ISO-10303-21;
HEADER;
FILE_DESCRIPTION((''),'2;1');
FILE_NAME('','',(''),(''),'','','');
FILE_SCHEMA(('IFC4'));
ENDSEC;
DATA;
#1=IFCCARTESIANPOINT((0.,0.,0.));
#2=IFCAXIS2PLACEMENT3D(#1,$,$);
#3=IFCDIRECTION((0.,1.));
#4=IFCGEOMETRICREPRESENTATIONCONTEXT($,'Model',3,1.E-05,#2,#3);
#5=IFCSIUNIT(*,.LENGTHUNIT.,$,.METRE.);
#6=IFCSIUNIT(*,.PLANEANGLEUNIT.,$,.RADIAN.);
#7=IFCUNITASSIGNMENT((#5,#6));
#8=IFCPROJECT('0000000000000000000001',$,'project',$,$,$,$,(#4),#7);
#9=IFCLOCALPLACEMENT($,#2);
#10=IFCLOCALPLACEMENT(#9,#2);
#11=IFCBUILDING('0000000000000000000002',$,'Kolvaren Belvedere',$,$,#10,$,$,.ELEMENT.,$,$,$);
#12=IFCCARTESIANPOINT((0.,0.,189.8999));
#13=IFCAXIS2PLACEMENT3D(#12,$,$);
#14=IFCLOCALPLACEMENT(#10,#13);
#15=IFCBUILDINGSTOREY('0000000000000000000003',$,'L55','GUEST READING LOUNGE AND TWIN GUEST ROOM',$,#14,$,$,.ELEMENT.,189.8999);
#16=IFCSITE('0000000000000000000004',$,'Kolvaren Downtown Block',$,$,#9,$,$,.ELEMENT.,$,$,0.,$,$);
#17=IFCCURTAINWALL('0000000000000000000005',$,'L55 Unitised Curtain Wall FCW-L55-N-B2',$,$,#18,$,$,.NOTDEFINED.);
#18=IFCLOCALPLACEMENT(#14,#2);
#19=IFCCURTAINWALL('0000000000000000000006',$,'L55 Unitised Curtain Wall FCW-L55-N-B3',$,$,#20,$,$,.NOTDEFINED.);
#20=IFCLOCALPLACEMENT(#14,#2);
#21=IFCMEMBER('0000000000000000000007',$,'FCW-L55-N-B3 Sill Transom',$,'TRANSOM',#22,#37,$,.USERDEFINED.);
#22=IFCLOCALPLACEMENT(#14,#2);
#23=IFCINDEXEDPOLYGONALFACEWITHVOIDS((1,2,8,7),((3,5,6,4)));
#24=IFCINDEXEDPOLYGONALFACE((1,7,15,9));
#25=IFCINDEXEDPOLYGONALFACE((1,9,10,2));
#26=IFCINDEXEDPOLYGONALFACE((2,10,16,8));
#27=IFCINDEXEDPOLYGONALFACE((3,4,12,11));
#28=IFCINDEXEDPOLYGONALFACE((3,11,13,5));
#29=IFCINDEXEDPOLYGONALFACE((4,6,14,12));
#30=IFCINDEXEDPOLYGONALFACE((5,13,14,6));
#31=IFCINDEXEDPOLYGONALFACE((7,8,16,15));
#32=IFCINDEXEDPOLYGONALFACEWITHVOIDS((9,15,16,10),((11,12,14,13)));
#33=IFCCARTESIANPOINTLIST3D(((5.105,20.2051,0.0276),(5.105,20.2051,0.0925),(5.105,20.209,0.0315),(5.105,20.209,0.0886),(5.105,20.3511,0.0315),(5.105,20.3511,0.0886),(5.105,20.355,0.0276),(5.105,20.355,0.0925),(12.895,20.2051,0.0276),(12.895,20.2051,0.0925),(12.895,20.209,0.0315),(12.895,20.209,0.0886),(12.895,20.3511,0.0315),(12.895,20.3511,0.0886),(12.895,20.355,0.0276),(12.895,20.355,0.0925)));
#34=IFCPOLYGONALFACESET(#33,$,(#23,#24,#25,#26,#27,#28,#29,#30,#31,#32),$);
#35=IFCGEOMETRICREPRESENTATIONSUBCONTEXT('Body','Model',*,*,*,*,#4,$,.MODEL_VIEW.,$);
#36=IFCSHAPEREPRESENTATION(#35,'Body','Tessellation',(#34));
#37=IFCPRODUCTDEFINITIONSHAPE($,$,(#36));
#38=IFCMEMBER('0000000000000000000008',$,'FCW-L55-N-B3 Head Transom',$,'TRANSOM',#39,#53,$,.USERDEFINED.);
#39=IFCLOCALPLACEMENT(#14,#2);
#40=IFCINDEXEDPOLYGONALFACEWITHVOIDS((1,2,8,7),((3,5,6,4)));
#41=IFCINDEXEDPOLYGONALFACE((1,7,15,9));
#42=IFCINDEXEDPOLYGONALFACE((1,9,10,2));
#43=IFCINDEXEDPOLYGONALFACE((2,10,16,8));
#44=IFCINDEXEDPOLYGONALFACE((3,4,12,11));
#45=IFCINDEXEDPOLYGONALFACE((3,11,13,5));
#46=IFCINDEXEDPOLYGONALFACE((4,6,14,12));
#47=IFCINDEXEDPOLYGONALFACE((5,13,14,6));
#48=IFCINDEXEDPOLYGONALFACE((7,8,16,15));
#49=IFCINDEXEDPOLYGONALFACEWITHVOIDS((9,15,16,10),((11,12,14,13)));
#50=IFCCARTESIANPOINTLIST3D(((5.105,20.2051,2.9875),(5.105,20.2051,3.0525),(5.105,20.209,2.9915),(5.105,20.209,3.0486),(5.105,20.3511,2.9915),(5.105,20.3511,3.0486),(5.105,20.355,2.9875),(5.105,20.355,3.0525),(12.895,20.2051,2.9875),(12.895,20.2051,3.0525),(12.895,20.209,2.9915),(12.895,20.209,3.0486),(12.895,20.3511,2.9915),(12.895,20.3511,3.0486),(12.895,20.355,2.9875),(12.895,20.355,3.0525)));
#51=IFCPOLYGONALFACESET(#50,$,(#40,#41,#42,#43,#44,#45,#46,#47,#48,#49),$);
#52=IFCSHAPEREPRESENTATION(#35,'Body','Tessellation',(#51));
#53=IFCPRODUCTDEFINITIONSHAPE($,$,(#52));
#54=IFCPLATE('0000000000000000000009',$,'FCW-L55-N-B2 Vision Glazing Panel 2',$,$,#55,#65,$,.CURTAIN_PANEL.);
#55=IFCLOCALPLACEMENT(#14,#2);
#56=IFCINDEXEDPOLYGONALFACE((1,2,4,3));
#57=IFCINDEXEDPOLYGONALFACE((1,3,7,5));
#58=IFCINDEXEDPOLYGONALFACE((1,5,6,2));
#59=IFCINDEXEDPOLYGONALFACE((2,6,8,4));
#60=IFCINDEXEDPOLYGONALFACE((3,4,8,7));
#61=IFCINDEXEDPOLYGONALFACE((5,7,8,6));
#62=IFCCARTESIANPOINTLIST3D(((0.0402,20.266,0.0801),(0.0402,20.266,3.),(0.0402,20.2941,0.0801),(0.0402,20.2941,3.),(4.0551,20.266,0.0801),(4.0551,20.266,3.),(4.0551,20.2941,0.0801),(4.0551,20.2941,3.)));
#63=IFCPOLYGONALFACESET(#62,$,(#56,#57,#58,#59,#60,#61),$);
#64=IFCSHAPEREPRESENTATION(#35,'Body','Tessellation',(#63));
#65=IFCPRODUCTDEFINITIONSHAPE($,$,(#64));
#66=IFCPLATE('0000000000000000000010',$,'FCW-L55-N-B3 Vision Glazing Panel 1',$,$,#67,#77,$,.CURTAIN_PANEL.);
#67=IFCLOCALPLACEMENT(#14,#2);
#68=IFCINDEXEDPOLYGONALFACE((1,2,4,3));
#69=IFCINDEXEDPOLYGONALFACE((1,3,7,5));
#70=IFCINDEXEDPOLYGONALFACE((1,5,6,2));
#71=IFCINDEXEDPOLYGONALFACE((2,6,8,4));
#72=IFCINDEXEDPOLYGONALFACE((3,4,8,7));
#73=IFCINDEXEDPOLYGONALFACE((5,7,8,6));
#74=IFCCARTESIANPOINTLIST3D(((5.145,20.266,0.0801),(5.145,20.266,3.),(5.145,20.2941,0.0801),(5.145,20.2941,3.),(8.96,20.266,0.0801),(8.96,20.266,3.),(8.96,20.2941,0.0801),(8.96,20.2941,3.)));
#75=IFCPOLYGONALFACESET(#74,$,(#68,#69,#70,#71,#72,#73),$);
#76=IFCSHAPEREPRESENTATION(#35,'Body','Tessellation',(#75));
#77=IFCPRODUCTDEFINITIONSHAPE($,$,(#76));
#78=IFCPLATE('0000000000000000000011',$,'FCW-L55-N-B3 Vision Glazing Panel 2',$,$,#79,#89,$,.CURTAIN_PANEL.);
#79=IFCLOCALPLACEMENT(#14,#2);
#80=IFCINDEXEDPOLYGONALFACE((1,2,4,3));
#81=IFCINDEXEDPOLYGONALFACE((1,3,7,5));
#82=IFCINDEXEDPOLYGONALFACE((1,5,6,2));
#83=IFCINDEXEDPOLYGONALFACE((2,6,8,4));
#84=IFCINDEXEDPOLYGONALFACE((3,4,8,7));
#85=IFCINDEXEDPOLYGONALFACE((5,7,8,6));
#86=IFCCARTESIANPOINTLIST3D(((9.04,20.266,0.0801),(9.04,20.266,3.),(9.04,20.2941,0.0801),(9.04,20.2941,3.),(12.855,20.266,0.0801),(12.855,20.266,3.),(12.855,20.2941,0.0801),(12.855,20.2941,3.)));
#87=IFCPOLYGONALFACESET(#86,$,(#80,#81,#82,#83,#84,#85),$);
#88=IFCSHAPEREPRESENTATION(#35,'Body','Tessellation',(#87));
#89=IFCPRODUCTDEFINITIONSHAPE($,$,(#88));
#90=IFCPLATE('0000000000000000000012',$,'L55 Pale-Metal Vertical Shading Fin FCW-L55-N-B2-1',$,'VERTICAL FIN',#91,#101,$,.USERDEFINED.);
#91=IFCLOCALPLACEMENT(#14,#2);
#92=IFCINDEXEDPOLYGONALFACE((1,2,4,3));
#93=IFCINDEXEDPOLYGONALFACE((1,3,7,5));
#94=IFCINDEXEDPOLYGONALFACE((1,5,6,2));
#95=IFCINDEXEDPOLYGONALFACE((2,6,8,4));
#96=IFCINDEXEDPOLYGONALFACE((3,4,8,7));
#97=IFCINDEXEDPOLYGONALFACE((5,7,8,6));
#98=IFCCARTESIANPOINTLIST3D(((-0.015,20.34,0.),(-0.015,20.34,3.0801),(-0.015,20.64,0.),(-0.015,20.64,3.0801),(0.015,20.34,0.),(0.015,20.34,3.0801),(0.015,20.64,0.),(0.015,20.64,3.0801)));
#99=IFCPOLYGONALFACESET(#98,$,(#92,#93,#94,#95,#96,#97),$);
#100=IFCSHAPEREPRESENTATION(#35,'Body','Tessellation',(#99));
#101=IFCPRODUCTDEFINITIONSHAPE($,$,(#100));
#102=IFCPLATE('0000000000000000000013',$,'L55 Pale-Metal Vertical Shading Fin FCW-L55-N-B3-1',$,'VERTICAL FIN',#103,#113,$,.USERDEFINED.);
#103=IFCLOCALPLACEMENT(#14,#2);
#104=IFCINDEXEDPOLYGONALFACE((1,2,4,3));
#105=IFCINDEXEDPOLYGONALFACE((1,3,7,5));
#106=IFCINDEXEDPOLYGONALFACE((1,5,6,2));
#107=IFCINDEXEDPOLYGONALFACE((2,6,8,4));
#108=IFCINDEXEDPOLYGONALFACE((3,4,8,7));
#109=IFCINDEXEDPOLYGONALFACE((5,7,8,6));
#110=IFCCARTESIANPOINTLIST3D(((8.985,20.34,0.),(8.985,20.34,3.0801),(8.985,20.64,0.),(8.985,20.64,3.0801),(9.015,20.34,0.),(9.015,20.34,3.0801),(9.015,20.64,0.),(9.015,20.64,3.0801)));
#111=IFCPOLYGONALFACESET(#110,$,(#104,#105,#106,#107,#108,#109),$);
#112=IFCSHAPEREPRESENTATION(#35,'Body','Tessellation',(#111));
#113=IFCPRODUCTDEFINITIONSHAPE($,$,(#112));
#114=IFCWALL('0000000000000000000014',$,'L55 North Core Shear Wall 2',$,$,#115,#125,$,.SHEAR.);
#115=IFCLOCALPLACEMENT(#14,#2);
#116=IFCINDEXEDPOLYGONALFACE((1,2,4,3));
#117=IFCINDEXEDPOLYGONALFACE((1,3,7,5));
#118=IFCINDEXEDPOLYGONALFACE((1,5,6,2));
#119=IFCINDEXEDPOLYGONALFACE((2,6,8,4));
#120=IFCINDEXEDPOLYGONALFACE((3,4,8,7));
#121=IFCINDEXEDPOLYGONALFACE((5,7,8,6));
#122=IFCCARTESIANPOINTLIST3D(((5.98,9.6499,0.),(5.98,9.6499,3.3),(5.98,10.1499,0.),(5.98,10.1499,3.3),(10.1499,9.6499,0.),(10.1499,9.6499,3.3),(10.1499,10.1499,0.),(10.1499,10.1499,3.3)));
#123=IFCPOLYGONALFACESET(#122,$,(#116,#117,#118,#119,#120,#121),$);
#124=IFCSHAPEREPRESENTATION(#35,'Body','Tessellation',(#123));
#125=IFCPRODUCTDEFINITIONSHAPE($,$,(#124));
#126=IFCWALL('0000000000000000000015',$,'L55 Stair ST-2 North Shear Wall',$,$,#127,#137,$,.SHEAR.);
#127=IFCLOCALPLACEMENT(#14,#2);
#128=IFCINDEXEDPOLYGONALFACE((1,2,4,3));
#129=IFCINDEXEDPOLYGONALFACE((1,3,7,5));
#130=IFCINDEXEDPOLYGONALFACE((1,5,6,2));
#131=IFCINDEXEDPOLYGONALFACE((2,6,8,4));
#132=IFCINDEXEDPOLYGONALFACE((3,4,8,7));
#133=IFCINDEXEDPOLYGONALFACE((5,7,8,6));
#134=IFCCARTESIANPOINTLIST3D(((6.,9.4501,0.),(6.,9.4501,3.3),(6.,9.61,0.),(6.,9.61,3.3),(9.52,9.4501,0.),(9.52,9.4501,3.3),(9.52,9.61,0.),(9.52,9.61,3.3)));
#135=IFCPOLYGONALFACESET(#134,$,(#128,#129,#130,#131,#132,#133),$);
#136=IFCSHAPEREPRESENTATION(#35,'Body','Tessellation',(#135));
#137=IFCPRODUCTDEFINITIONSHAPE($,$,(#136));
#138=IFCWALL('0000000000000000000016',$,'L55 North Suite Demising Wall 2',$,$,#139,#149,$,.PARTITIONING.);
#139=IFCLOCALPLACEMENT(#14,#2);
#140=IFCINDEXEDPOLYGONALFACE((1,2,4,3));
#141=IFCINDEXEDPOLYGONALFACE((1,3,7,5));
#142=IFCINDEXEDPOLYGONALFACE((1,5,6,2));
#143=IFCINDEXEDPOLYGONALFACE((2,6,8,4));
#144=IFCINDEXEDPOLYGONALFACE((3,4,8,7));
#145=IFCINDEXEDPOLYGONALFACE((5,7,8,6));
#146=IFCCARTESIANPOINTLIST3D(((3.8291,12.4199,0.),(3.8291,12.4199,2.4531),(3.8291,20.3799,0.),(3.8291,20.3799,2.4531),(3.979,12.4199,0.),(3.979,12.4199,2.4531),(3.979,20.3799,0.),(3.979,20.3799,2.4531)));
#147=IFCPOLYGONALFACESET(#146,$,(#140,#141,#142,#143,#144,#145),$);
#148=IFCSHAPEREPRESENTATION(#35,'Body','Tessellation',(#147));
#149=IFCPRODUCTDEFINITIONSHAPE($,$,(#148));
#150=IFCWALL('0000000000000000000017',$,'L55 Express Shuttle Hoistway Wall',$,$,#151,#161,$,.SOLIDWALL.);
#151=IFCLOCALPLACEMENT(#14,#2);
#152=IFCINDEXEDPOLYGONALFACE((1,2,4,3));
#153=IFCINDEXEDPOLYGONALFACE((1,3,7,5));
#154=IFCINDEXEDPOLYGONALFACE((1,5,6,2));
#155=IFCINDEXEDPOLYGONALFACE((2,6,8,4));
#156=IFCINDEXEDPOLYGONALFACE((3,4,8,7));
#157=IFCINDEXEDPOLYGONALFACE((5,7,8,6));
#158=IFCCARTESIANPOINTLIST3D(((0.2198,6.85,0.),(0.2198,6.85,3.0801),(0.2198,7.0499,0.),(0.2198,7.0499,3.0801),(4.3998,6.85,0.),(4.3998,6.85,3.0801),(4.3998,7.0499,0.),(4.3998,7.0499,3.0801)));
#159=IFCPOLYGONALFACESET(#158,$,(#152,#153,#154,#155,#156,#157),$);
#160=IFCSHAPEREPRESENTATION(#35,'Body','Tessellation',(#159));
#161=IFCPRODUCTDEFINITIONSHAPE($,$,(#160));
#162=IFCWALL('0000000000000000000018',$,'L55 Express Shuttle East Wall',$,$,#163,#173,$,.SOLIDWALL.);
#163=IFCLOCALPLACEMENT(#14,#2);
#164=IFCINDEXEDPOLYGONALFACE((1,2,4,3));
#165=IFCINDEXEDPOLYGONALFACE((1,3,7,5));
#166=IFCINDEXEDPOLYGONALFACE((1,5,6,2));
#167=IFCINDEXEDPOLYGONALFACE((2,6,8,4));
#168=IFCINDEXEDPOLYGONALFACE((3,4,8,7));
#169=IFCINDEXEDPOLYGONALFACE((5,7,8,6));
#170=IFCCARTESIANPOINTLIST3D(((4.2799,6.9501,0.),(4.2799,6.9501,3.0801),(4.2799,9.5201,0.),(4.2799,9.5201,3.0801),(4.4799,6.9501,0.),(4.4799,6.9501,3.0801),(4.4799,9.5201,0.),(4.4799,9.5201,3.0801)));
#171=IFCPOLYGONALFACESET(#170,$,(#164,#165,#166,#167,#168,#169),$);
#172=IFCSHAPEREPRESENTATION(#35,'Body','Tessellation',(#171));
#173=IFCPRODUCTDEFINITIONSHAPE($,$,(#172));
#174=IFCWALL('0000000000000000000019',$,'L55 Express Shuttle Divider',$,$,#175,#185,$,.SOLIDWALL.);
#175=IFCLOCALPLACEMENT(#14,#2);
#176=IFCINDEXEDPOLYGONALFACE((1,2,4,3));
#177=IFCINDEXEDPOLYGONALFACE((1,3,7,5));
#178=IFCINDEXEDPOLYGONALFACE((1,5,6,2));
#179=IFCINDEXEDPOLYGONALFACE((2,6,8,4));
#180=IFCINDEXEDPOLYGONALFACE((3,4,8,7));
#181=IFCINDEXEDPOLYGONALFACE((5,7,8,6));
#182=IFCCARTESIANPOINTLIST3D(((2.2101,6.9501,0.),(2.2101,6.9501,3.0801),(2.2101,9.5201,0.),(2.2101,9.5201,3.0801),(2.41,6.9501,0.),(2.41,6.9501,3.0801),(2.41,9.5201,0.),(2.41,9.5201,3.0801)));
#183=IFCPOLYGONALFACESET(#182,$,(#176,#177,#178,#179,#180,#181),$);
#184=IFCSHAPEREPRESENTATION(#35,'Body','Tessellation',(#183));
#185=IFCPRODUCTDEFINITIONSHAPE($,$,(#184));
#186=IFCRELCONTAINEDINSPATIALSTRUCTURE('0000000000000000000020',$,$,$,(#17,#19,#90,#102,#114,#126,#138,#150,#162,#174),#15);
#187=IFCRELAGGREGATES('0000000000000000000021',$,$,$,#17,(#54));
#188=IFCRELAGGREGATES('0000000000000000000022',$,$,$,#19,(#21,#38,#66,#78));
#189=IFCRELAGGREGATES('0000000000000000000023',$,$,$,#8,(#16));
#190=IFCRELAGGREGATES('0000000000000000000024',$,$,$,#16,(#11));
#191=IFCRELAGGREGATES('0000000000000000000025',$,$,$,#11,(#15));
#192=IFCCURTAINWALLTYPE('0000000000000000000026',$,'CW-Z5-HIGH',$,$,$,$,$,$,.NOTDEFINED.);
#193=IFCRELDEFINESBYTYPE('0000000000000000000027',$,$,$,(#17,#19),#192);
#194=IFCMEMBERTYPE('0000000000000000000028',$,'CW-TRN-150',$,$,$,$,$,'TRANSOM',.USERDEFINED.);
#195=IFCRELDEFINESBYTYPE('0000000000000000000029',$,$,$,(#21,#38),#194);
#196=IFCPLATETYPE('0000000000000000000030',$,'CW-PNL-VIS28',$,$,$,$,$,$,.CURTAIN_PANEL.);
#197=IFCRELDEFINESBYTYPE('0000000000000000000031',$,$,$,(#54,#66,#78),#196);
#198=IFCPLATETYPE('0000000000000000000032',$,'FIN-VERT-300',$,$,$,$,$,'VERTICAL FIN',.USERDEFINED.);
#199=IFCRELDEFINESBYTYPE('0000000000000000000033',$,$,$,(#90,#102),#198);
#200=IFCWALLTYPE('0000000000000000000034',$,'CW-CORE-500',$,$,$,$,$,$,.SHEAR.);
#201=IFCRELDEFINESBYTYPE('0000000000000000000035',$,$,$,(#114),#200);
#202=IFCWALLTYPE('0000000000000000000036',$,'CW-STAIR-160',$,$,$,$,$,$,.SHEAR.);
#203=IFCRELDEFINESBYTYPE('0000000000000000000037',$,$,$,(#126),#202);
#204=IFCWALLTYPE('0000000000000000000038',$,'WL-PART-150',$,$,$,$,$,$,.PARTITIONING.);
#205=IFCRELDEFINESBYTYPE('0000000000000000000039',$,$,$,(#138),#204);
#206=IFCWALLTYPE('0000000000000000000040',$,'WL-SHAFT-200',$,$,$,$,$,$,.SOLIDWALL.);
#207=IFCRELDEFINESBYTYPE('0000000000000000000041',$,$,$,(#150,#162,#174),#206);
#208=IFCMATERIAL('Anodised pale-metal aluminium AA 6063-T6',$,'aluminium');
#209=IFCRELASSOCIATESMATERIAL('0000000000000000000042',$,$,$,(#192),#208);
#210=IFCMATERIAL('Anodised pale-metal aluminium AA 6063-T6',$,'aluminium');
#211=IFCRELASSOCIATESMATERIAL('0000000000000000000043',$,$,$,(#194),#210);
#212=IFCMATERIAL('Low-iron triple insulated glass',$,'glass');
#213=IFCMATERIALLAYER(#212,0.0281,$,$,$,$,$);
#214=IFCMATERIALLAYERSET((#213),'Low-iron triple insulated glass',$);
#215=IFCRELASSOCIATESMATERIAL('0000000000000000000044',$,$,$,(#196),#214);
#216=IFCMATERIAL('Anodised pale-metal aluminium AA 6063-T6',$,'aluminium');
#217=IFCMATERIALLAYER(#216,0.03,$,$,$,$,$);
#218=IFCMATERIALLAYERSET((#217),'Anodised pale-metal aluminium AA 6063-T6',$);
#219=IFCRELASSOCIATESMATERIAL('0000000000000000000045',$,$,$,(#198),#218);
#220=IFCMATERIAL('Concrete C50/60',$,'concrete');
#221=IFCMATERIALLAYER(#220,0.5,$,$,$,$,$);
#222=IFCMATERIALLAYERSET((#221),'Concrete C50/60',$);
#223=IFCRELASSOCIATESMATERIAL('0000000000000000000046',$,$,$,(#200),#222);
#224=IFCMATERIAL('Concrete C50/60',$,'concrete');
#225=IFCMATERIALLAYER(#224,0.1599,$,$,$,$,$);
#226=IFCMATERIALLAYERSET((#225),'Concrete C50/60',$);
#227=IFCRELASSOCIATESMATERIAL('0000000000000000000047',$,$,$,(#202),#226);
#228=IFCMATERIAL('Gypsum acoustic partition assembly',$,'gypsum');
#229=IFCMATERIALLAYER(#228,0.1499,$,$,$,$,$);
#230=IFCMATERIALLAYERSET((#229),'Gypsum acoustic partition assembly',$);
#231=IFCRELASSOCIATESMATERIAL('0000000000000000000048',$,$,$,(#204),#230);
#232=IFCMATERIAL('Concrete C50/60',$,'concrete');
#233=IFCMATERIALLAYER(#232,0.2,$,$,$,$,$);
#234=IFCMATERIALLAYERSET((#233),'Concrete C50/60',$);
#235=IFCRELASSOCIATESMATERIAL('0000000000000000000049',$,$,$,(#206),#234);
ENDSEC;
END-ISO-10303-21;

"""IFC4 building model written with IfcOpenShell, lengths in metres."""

from ifc_helpers import new_model, si_unit, direction, frame, frame_2d, origin, origin_2d, place, context, subcontext, project, spatial, rectangle, hollow_rectangle, extrude, material, layer, layer_set, material_profile, profile_set, type_object, element, aggregate, save


model = new_model("IFC4")

# Units and contexts
model_context = context("Model", 3, precision=1e-05, world=origin(), true_north=direction((0.0, 1.0)))
body_context = subcontext(model_context, "Body", "Model", "MODEL_VIEW")
ifc_project = project(units=[si_unit("LENGTHUNIT", "METRE"), si_unit("PLANEANGLEUNIT", "RADIAN")], contexts=[model_context])

# Site, building, storey
site_placement = place(None, origin())
site = spatial("IfcSite", under=ifc_project, at=site_placement, Name="Kolvaren Downtown Block", CompositionType="ELEMENT", RefElevation=0.0)
building_placement = place(site_placement, origin())
building = spatial("IfcBuilding", under=site, at=building_placement, Name="Kolvaren Belvedere", CompositionType="ELEMENT")
storey_placement = place(building_placement, frame((0.0, 0.0, 189.8999)))
storey = spatial("IfcBuildingStorey", under=building, at=storey_placement, Name="L55", Description="GUEST READING LOUNGE AND TWIN GUEST ROOM", CompositionType="ELEMENT", Elevation=189.8999)

# Curtain walls, members
ifc_material_1 = material(Name="Anodised pale-metal aluminium AA 6063-T6", Category="aluminium")
curtain_wall_type = type_object("IfcCurtainWallType", Name="CW-Z5-HIGH", PredefinedType="NOTDEFINED", material=ifc_material_1)
curtain_wall_1_placement = place(storey_placement, origin())
curtain_wall_1 = element("IfcCurtainWall", 1, at=curtain_wall_1_placement, inside=storey, type_object=curtain_wall_type, Name="L55 Unitised Curtain Wall FCW-L55-N-B2", PredefinedType="NOTDEFINED")
curtain_wall_2_placement = place(storey_placement, origin())
curtain_wall_2 = element("IfcCurtainWall", 2, at=curtain_wall_2_placement, inside=storey, type_object=curtain_wall_type, Name="L55 Unitised Curtain Wall FCW-L55-N-B3", PredefinedType="NOTDEFINED")
ifc_material_2 = material(Name="Anodised pale-metal aluminium AA 6063-T6", Category="aluminium")
ifc_material_profile_1 = material_profile(ifc_material_2, hollow_rectangle(XDim=0.0649, YDim=0.1499, WallThickness=0.0039, at=origin_2d()), Name="ALU-TRN-150X65")
ifc_profile_set_1 = profile_set([ifc_material_profile_1], Name="Anodised pale-metal aluminium AA 6063-T6")
member_type_1 = type_object("IfcMemberType", Name="CW-TRN-150", ElementType="TRANSOM", PredefinedType="USERDEFINED", material=ifc_profile_set_1)
member_1_placement = place(storey_placement, frame((5.105, 20.28, 0.0601), z_axis=(1.0, 0.0, 0.0), x_axis=(0.0, 0.0, 1.0)))
member_1 = element("IfcMember", 3, at=member_1_placement, type_object=member_type_1, Name="FCW-L55-N-B3 Sill Transom", ObjectType="TRANSOM", PredefinedType="USERDEFINED", context=body_context, shape_type="SweptSolid", body=[
    extrude(hollow_rectangle(XDim=0.0649, YDim=0.1499, WallThickness=0.0039, at=origin_2d()), origin(), (0.0, 0.0, 1.0), 7.79),
])
member_2_placement = place(storey_placement, frame((5.105, 20.28, 3.02), z_axis=(1.0, 0.0, 0.0), x_axis=(0.0, 0.0, 1.0)))
member_2 = element("IfcMember", 4, at=member_2_placement, type_object=member_type_1, Name="FCW-L55-N-B3 Head Transom", ObjectType="TRANSOM", PredefinedType="USERDEFINED", context=body_context, shape_type="SweptSolid", body=[
    extrude(hollow_rectangle(XDim=0.0649, YDim=0.1499, WallThickness=0.0039, at=origin_2d()), origin(), (0.0, 0.0, 1.0), 7.79),
])

# Plates
ifc_material_3 = material(Name="Low-iron triple insulated glass", Category="glass")
ifc_layer_1 = layer(ifc_material_3, 0.0281)
ifc_layer_set_1 = layer_set([ifc_layer_1], Name="Low-iron triple insulated glass")
plate_type_1 = type_object("IfcPlateType", Name="CW-PNL-VIS28", PredefinedType="CURTAIN_PANEL", material=ifc_layer_set_1)
plate_1_placement = place(storey_placement, frame((2.0476, 20.28, 0.0801), z_axis=(0.0, 0.0, 1.0), x_axis=(1.0, 0.0, 0.0)))
plate_1 = element("IfcPlate", 5, at=plate_1_placement, type_object=plate_type_1, Name="FCW-L55-N-B2 Vision Glazing Panel 2", PredefinedType="CURTAIN_PANEL", context=body_context, shape_type="SweptSolid", body=[
    extrude(rectangle(XDim=4.0149, YDim=0.0281, at=origin_2d()), origin(), (0.0, 0.0, 1.0), 2.9199),
])
aggregate(curtain_wall_1, [plate_1])
plate_2_placement = place(storey_placement, frame((7.0525, 20.28, 0.0801), z_axis=(0.0, 0.0, 1.0), x_axis=(1.0, 0.0, 0.0)))
plate_2 = element("IfcPlate", 6, at=plate_2_placement, type_object=plate_type_1, Name="FCW-L55-N-B3 Vision Glazing Panel 1", PredefinedType="CURTAIN_PANEL", context=body_context, shape_type="SweptSolid", body=[
    extrude(rectangle(XDim=3.8149, YDim=0.0281, at=origin_2d()), origin(), (0.0, 0.0, 1.0), 2.9199),
])
plate_3_placement = place(storey_placement, frame((10.9475, 20.28, 0.0801), z_axis=(0.0, 0.0, 1.0), x_axis=(1.0, 0.0, 0.0)))
plate_3 = element("IfcPlate", 7, at=plate_3_placement, type_object=plate_type_1, Name="FCW-L55-N-B3 Vision Glazing Panel 2", PredefinedType="CURTAIN_PANEL", context=body_context, shape_type="SweptSolid", body=[
    extrude(rectangle(XDim=3.8149, YDim=0.0281, at=origin_2d()), origin(), (0.0, 0.0, 1.0), 2.9199),
])
aggregate(curtain_wall_2, [member_1, member_2, plate_2, plate_3])

# Plates
ifc_material_4 = material(Name="Anodised pale-metal aluminium AA 6063-T6", Category="aluminium")
ifc_layer_2 = layer(ifc_material_4, 0.03)
ifc_layer_set_2 = layer_set([ifc_layer_2], Name="Anodised pale-metal aluminium AA 6063-T6")
plate_type_2 = type_object("IfcPlateType", Name="FIN-VERT-300", ElementType="VERTICAL FIN", PredefinedType="USERDEFINED", material=ifc_layer_set_2)
for number, where, z_axis, x_axis, name in (
    (8, (0.0, 20.49, 0.0), (0.0, 0.0, 1.0), (0.0, 1.0, 0.0), "L55 Pale-Metal Vertical Shading Fin FCW-L55-N-B2-1"),
    (9, (9.0, 20.49, 0.0), (0.0, 0.0, 1.0), (0.0, 1.0, 0.0), "L55 Pale-Metal Vertical Shading Fin FCW-L55-N-B3-1"),
):
    element("IfcPlate", number, at=place(storey_placement, frame(where, z_axis=z_axis, x_axis=x_axis)), inside=storey, type_object=plate_type_2, Name=name, ObjectType="VERTICAL FIN", PredefinedType="USERDEFINED", context=body_context, shape_type="SweptSolid", body=[
        extrude(rectangle(XDim=0.3, YDim=0.03, at=origin_2d()), origin(), (0.0, 0.0, 1.0), 3.0801),
    ])

# Walls
ifc_material_5 = material(Name="Concrete C50/60", Category="concrete")
ifc_layer_3 = layer(ifc_material_5, 0.5)
ifc_layer_set_3 = layer_set([ifc_layer_3], Name="Concrete C50/60")
wall_type_1 = type_object("IfcWallType", Name="CW-CORE-500", PredefinedType="SHEAR", material=ifc_layer_set_3)
wall_1_placement = place(storey_placement, frame((5.98, 9.8999, 0.0), z_axis=(0.0, 0.0, 1.0), x_axis=(1.0, 0.0, 0.0)))
element("IfcWall", 10, at=wall_1_placement, inside=storey, type_object=wall_type_1, Name="L55 North Core Shear Wall 2", PredefinedType="SHEAR", context=body_context, shape_type="SweptSolid", body=[
    extrude(rectangle(XDim=4.1699, YDim=0.5, at=frame_2d((2.085, 0.0))), origin(), (0.0, 0.0, 1.0), 3.3),
])
ifc_material_6 = material(Name="Concrete C50/60", Category="concrete")
ifc_layer_4 = layer(ifc_material_6, 0.1599)
ifc_layer_set_4 = layer_set([ifc_layer_4], Name="Concrete C50/60")
wall_type_2 = type_object("IfcWallType", Name="CW-STAIR-160", PredefinedType="SHEAR", material=ifc_layer_set_4)
wall_2_placement = place(storey_placement, frame((6.0, 9.53, 0.0), z_axis=(0.0, 0.0, 1.0), x_axis=(1.0, 0.0, 0.0)))
element("IfcWall", 11, at=wall_2_placement, inside=storey, type_object=wall_type_2, Name="L55 Stair ST-2 North Shear Wall", PredefinedType="SHEAR", context=body_context, shape_type="SweptSolid", body=[
    extrude(rectangle(XDim=3.52, YDim=0.1599, at=frame_2d((1.76, 0.0))), origin(), (0.0, 0.0, 1.0), 3.3),
])
ifc_material_7 = material(Name="Gypsum acoustic partition assembly", Category="gypsum")
ifc_layer_5 = layer(ifc_material_7, 0.1499)
ifc_layer_set_5 = layer_set([ifc_layer_5], Name="Gypsum acoustic partition assembly")
wall_type_3 = type_object("IfcWallType", Name="WL-PART-150", PredefinedType="PARTITIONING", material=ifc_layer_set_5)
wall_3_placement = place(storey_placement, frame((3.9041, 12.4199, 0.0), z_axis=(0.0, 0.0, 1.0), x_axis=(0.0, 1.0, 0.0)))
element("IfcWall", 12, at=wall_3_placement, inside=storey, type_object=wall_type_3, Name="L55 North Suite Demising Wall 2", PredefinedType="PARTITIONING", context=body_context, shape_type="SweptSolid", body=[
    extrude(rectangle(XDim=7.96, YDim=0.1499, at=frame_2d((3.98, 0.0))), origin(), (0.0, 0.0, 1.0), 2.4531),
])
ifc_material_8 = material(Name="Concrete C50/60", Category="concrete")
ifc_layer_6 = layer(ifc_material_8, 0.2)
ifc_layer_set_6 = layer_set([ifc_layer_6], Name="Concrete C50/60")
wall_type_4 = type_object("IfcWallType", Name="WL-SHAFT-200", PredefinedType="SOLIDWALL", material=ifc_layer_set_6)
wall_4_placement = place(storey_placement, frame((0.22, 6.95, 0.0), z_axis=(0.0, 0.0, 1.0), x_axis=(1.0, 0.0, 0.0)))
element("IfcWall", 13, at=wall_4_placement, inside=storey, type_object=wall_type_4, Name="L55 Express Shuttle Hoistway Wall", PredefinedType="SOLIDWALL", context=body_context, shape_type="SweptSolid", body=[
    extrude(rectangle(XDim=4.1799, YDim=0.2, at=frame_2d((2.0898, 0.0))), origin(), (0.0, 0.0, 1.0), 3.0801),
])
for number, where, z_axis, x_axis, name in (
    (14, (4.3799, 6.95, 0.0), (0.0, 0.0, 1.0), (0.0, 1.0, 0.0), "L55 Express Shuttle East Wall"),
    (15, (2.3101, 6.95, 0.0), (0.0, 0.0, 1.0), (0.0, 1.0, 0.0), "L55 Express Shuttle Divider"),
):
    element("IfcWall", number, at=place(storey_placement, frame(where, z_axis=z_axis, x_axis=x_axis)), inside=storey, type_object=wall_type_4, Name=name, PredefinedType="SOLIDWALL", context=body_context, shape_type="SweptSolid", body=[
        extrude(rectangle(XDim=2.5701, YDim=0.2, at=frame_2d((1.2852, 0.0))), origin(), (0.0, 0.0, 1.0), 3.0801),
    ])

save(model, "model.ifc")
